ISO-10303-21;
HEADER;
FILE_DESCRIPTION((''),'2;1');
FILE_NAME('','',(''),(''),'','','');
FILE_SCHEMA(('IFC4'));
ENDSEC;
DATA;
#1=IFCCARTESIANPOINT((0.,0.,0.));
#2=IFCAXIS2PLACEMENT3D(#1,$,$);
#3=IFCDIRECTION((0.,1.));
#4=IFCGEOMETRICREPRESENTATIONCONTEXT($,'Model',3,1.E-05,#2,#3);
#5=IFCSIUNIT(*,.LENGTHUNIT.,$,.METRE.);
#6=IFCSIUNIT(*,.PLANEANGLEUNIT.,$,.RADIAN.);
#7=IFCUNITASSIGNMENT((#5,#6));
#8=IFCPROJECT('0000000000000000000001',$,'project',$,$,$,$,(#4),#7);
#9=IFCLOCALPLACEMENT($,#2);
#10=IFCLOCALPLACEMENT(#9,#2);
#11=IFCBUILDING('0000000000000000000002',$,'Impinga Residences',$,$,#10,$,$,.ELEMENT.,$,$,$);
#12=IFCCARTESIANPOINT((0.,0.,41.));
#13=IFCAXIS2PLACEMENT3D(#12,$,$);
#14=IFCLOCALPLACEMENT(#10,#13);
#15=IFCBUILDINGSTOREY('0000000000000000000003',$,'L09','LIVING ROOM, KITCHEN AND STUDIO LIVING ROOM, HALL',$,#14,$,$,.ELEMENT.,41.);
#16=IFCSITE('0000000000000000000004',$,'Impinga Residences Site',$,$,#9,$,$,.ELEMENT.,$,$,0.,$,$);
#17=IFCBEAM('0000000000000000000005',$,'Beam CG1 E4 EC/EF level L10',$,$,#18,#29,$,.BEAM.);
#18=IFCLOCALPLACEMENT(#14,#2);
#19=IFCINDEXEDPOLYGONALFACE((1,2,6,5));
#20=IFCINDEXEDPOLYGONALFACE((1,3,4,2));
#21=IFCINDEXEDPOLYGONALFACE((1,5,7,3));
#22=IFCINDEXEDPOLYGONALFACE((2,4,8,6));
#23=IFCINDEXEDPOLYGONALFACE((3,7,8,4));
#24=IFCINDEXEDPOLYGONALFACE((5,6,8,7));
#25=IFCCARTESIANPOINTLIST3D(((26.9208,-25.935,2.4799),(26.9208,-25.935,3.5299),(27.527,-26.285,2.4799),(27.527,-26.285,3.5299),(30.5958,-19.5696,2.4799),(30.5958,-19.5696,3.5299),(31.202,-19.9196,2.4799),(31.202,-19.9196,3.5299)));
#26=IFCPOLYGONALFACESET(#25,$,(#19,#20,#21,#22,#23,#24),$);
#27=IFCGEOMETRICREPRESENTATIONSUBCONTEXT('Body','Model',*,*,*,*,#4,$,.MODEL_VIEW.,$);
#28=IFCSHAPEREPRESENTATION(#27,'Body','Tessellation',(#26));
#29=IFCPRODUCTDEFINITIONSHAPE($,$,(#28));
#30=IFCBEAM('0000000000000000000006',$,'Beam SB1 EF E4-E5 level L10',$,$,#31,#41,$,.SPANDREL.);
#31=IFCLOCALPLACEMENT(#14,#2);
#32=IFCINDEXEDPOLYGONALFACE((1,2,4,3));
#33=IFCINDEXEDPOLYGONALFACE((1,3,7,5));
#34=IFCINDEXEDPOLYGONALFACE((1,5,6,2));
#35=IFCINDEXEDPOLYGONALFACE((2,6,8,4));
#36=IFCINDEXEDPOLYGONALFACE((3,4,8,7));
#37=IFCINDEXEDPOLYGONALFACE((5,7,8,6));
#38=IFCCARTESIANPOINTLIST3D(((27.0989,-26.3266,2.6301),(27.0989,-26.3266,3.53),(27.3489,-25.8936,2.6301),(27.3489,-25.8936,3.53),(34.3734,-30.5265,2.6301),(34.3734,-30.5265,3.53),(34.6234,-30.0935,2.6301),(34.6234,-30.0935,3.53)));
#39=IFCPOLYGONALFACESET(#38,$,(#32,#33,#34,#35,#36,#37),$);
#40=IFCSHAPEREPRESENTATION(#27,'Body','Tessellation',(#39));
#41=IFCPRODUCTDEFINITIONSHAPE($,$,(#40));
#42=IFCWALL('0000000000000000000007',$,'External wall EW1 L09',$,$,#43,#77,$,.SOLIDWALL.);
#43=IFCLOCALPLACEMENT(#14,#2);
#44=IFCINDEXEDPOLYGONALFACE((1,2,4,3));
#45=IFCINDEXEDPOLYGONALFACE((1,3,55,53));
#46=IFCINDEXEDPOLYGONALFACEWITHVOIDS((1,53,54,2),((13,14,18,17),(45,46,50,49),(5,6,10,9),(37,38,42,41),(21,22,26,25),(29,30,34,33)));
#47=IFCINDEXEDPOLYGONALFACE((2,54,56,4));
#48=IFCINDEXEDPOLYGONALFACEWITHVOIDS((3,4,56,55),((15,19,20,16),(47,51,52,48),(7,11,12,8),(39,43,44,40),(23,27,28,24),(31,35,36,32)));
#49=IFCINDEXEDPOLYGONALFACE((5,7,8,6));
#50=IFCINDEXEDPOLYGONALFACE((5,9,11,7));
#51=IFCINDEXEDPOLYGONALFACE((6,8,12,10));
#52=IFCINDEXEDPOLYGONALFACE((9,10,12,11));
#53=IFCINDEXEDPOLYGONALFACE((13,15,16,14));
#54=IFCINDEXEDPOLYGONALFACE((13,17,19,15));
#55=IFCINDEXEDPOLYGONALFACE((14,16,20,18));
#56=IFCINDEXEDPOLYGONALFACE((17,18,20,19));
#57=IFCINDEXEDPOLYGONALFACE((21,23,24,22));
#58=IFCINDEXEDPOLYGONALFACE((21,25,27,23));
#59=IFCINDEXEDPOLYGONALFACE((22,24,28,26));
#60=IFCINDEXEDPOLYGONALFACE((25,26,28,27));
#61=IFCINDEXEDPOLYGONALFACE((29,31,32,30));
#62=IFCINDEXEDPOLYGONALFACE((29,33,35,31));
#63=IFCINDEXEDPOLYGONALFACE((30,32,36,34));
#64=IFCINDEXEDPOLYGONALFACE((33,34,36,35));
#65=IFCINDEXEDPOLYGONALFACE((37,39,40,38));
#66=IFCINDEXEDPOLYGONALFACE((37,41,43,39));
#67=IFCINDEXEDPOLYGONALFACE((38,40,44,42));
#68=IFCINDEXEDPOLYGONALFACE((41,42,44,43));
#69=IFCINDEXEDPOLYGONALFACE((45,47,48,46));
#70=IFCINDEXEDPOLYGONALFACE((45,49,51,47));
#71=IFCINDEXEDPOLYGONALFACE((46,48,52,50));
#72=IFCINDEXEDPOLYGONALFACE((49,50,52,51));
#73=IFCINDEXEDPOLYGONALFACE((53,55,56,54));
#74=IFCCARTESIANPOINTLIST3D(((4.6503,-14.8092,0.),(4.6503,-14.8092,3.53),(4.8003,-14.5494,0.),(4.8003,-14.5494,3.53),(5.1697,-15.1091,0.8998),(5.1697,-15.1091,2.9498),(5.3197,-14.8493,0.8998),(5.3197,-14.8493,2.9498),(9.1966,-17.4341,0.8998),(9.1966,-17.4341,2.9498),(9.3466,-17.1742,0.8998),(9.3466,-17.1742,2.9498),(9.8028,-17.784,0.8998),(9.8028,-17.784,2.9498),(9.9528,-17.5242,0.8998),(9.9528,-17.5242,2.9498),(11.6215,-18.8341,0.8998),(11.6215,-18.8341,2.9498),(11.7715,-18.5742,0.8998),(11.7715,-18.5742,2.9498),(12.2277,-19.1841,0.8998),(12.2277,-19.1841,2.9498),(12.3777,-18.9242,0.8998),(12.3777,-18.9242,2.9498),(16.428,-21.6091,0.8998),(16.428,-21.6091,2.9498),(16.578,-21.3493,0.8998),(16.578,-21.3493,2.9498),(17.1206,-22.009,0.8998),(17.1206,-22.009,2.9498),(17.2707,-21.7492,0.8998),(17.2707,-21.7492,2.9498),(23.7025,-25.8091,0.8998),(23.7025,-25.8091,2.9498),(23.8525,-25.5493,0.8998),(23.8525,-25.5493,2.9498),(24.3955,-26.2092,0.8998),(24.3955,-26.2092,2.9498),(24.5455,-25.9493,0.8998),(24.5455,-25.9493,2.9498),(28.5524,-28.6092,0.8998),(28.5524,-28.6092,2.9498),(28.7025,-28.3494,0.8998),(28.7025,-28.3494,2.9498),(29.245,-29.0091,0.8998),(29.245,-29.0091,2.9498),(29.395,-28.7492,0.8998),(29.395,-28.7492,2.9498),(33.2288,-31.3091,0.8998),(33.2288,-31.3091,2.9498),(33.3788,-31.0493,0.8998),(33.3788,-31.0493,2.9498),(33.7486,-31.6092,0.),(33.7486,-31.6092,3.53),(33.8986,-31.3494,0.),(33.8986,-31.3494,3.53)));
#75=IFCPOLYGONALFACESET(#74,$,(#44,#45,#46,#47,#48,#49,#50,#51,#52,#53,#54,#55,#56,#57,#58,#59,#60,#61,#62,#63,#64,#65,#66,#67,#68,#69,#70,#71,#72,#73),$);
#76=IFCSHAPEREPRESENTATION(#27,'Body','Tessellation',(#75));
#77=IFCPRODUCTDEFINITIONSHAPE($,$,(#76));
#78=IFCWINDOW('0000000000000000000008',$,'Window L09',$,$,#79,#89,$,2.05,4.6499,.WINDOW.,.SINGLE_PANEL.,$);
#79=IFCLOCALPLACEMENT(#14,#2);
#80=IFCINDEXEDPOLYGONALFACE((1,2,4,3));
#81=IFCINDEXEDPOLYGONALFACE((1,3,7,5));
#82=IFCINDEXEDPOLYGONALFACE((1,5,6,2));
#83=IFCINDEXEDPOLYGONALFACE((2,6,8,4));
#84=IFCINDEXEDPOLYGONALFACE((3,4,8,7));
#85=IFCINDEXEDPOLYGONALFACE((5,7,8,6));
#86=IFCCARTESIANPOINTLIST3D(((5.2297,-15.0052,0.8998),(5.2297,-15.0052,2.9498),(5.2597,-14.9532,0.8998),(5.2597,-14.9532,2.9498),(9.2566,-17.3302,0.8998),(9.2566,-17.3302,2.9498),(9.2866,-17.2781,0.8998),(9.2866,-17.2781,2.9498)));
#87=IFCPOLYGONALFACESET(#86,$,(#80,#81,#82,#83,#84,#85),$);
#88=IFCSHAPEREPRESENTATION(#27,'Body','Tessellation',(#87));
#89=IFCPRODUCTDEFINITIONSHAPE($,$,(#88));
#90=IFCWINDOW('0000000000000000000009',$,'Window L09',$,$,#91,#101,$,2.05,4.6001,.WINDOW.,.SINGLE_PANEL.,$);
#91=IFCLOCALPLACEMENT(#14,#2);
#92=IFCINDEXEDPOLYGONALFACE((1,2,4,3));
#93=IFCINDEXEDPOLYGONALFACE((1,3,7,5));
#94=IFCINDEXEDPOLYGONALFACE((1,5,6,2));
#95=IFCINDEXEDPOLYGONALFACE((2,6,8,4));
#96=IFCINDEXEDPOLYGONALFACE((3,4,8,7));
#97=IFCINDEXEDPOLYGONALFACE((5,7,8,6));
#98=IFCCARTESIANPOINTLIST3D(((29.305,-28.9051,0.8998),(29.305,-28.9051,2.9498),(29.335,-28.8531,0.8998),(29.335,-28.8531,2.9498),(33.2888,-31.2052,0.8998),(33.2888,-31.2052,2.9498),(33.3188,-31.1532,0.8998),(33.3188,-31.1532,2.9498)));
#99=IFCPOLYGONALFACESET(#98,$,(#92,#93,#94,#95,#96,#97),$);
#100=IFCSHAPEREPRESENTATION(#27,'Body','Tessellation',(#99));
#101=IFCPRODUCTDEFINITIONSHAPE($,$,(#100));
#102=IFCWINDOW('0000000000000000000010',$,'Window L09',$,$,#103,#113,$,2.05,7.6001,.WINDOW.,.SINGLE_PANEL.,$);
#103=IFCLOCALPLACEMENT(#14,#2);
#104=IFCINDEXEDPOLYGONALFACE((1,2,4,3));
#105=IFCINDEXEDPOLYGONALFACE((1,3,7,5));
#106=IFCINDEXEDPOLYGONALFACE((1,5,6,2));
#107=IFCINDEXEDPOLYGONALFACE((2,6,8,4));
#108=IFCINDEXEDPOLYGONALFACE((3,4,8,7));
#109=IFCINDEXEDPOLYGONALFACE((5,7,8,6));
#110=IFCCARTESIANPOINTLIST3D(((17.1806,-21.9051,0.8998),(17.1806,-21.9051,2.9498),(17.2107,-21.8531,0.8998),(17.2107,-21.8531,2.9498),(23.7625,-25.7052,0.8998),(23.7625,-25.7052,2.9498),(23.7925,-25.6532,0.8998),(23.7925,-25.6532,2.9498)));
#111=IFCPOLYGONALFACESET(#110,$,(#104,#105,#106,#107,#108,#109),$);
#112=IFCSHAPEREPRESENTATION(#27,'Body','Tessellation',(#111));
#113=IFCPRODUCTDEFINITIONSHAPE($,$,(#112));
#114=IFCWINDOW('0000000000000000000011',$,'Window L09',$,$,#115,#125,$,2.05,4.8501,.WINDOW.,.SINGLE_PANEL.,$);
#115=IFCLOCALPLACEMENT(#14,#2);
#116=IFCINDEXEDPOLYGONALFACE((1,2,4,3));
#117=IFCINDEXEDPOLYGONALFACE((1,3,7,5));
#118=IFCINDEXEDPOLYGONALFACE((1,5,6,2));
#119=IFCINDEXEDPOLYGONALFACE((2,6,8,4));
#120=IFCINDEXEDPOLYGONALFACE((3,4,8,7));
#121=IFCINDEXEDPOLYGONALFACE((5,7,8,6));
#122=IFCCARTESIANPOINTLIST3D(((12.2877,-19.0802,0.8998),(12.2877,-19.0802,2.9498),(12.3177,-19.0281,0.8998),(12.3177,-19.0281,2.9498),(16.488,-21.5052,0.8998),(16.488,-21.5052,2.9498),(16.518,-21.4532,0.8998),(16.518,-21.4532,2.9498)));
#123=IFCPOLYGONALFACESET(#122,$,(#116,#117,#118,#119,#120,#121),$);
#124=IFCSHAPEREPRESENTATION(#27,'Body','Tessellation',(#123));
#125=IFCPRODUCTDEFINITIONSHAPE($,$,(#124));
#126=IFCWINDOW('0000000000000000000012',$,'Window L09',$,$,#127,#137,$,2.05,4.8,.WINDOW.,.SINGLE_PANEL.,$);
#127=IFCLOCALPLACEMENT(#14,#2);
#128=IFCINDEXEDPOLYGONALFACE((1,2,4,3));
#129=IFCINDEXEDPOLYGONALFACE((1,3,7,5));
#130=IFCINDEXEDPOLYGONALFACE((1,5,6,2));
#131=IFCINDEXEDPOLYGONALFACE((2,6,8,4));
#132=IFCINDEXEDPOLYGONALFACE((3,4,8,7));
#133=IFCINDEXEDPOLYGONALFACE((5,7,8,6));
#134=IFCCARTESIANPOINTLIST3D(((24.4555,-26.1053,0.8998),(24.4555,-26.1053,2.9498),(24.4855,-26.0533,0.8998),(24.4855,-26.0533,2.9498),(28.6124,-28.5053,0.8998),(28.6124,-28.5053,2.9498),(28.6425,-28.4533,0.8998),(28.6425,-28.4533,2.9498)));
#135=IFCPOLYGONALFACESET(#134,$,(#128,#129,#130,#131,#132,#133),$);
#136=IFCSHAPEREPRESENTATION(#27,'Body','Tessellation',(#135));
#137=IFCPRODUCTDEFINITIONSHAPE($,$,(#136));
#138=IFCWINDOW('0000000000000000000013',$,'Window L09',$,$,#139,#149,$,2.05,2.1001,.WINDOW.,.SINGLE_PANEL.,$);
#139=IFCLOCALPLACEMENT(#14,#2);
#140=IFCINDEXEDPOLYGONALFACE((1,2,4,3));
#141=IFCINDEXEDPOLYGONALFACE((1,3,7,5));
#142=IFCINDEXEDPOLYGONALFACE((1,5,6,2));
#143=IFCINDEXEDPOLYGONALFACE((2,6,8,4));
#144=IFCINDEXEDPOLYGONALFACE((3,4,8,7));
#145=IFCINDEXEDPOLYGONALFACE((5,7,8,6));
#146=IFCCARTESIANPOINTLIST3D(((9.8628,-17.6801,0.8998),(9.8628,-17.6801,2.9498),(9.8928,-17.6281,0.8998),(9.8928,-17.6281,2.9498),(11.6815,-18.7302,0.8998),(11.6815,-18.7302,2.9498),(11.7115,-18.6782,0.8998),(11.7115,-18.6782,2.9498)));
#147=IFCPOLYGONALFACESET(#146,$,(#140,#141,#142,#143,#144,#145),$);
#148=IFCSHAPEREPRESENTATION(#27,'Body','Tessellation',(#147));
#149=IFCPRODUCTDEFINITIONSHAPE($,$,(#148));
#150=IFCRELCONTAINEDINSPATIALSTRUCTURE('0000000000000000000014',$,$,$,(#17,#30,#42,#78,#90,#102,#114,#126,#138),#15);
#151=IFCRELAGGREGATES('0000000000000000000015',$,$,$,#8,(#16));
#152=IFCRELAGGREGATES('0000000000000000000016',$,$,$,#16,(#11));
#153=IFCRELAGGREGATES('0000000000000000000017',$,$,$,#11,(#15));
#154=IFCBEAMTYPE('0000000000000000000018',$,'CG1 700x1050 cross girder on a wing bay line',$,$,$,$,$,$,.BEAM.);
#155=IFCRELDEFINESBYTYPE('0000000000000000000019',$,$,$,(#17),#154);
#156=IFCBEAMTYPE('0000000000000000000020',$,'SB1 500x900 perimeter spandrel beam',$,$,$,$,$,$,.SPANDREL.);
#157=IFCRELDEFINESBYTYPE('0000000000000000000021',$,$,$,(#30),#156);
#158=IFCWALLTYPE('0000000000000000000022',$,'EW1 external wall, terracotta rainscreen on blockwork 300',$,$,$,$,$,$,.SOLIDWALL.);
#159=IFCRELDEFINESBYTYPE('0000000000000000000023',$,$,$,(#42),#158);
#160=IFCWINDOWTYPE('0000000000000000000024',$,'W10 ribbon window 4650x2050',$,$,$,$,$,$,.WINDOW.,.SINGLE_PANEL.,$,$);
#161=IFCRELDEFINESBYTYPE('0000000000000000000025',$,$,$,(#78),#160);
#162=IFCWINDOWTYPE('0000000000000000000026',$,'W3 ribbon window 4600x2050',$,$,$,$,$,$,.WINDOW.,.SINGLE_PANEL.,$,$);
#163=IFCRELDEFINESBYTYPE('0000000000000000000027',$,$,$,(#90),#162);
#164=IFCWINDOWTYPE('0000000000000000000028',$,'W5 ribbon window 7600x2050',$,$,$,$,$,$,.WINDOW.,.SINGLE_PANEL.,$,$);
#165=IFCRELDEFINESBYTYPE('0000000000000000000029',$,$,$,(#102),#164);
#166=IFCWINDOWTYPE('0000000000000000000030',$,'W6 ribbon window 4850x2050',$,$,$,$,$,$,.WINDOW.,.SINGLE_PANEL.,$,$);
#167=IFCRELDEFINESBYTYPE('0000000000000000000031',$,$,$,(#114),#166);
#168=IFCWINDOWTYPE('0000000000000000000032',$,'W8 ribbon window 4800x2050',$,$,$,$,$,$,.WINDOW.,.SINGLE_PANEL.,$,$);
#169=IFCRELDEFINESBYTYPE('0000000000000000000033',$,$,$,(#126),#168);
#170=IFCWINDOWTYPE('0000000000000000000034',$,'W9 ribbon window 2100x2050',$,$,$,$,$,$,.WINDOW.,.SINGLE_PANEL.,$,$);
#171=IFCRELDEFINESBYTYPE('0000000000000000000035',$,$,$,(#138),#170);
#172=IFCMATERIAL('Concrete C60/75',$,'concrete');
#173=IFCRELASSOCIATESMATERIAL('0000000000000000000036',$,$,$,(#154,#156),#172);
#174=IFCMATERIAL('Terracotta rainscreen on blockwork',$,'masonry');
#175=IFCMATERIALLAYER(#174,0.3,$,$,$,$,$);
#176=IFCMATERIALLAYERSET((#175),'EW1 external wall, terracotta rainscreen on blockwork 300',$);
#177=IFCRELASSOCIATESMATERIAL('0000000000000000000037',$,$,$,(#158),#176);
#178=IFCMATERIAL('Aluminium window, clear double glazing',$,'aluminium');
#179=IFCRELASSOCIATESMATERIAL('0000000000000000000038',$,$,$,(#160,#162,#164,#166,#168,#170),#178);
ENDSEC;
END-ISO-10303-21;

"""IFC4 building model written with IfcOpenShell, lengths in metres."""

from ifc_helpers import new_model, si_unit, direction, frame, frame_2d, origin, origin_2d, place, context, subcontext, project, spatial, rectangle, extrude, material, layer, layer_set, material_profile, profile_set, type_object, element, fill, save


model = new_model("IFC4")

# Units and contexts
model_context = context("Model", 3, precision=1e-05, world=origin(), true_north=direction((0.0, 1.0)))
body_context = subcontext(model_context, "Body", "Model", "MODEL_VIEW")
ifc_project = project(units=[si_unit("LENGTHUNIT", "METRE"), si_unit("PLANEANGLEUNIT", "RADIAN")], contexts=[model_context])

# Site, building, storey
site_placement = place(None, origin())
site = spatial("IfcSite", under=ifc_project, at=site_placement, Name="Impinga Residences Site", CompositionType="ELEMENT", RefElevation=0.0)
building_placement = place(site_placement, origin())
building = spatial("IfcBuilding", under=site, at=building_placement, Name="Impinga Residences", CompositionType="ELEMENT")
storey_placement = place(building_placement, frame((0.0, 0.0, 41.0)))
storey = spatial("IfcBuildingStorey", under=building, at=storey_placement, Name="L09", Description="LIVING ROOM, KITCHEN AND STUDIO LIVING ROOM, HALL", CompositionType="ELEMENT", Elevation=41.0)

# Beams
ifc_material_1 = material(Name="Concrete C60/75", Category="concrete")
ifc_material_profile_1 = material_profile(ifc_material_1, rectangle(XDim=0.7, YDim=1.05, at=origin_2d()), Name="RC 700x1050")
ifc_profile_set_1 = profile_set([ifc_material_profile_1], Name="Concrete C60/75")
beam_type_1 = type_object("IfcBeamType", Name="CG1 700x1050 cross girder on a wing bay line", PredefinedType="BEAM", material=ifc_profile_set_1)
beam_1_placement = place(storey_placement, frame((30.8989, -19.7446, 3.0049), z_axis=(-0.499994, -0.866029, 0.0), x_axis=(0.866029, -0.499994, 0.0)))
element("IfcBeam", 1, at=beam_1_placement, inside=storey, type_object=beam_type_1, Name="Beam CG1 E4 EC/EF level L10", PredefinedType="BEAM", context=body_context, shape_type="SweptSolid", body=[
    extrude(rectangle(XDim=0.7, YDim=1.05, at=origin_2d()), origin(), (0.0, 0.0, 1.0), 7.3501),
])
ifc_material_profile_2 = material_profile(ifc_material_1, rectangle(XDim=0.5, YDim=0.8999, at=origin_2d()), Name="RC 500x900")
ifc_profile_set_2 = profile_set([ifc_material_profile_2], Name="Concrete C60/75")
beam_type_2 = type_object("IfcBeamType", Name="SB1 500x900 perimeter spandrel beam", PredefinedType="SPANDREL", material=ifc_profile_set_2)
beam_2_placement = place(storey_placement, frame((27.2239, -26.1101, 3.0801), z_axis=(0.866029, -0.499993, 0.0), x_axis=(0.499993, 0.866029, 0.0)))
element("IfcBeam", 2, at=beam_2_placement, inside=storey, type_object=beam_type_2, Name="Beam SB1 EF E4-E5 level L10", PredefinedType="SPANDREL", context=body_context, shape_type="SweptSolid", body=[
    extrude(rectangle(XDim=0.5, YDim=0.8999, at=origin_2d()), origin(), (0.0, 0.0, 1.0), 8.3999),
])

# Wall, openings, windows
ifc_material_2 = material(Name="Terracotta rainscreen on blockwork", Category="masonry")
ifc_layer_1 = layer(ifc_material_2, 0.3)
ifc_layer_set_1 = layer_set([ifc_layer_1], Name="EW1 external wall, terracotta rainscreen on blockwork 300")
wall_type_1 = type_object("IfcWallType", Name="EW1 external wall, terracotta rainscreen on blockwork 300", PredefinedType="SOLIDWALL", material=ifc_layer_set_1)
wall_1_placement = place(storey_placement, frame((33.8235, -31.4792, 0.0), z_axis=(0.0, 0.0, 1.0), x_axis=(-0.866024, 0.500002, 0.0)))
wall_1 = element("IfcWall", 3, at=wall_1_placement, inside=storey, type_object=wall_type_1, Name="External wall EW1 L09", PredefinedType="SOLIDWALL", context=body_context, shape_type="SweptSolid", body=[
    extrude(rectangle(XDim=33.5999, YDim=0.3, at=frame_2d((16.7998, 0.0))), origin(), (0.0, 0.0, 1.0), 3.53),
])
opening_1_placement = place(wall_1_placement, frame((0.6001, 0.0, 0.8999)))
opening_1 = element("IfcOpeningElement", 4, at=opening_1_placement, cuts=wall_1, PredefinedType="OPENING", context=body_context, shape_type="SweptSolid", body=[
    extrude(rectangle(XDim=4.6001, YDim=2.05, at=frame_2d((2.3, 1.0249))), frame((0.0, 0.1599, 0.0), z_axis=(0.0, -1.0, 0.0), x_axis=(1.0, 0.0, 0.0)), (0.0, 0.0, 1.0), 0.3201),
])
opening_2_placement = place(wall_1_placement, frame((6.0, 0.0, 0.8999)))
opening_2 = element("IfcOpeningElement", 5, at=opening_2_placement, cuts=wall_1, PredefinedType="OPENING", context=body_context, shape_type="SweptSolid", body=[
    extrude(rectangle(XDim=4.8, YDim=2.05, at=frame_2d((2.3999, 1.0249))), frame((0.0, 0.1599, 0.0), z_axis=(0.0, -1.0, 0.0), x_axis=(1.0, 0.0, 0.0)), (0.0, 0.0, 1.0), 0.3201),
])
opening_3_placement = place(wall_1_placement, frame((11.6001, 0.0, 0.8999)))
opening_3 = element("IfcOpeningElement", 6, at=opening_3_placement, cuts=wall_1, PredefinedType="OPENING", context=body_context, shape_type="SweptSolid", body=[
    extrude(rectangle(XDim=7.6001, YDim=2.05, at=frame_2d((3.8, 1.0249))), frame((0.0, 0.1599, 0.0), z_axis=(0.0, -1.0, 0.0), x_axis=(1.0, 0.0, 0.0)), (0.0, 0.0, 1.0), 0.3201),
])
opening_4_placement = place(wall_1_placement, frame((20.0, 0.0, 0.8999)))
opening_4 = element("IfcOpeningElement", 7, at=opening_4_placement, cuts=wall_1, PredefinedType="OPENING", context=body_context, shape_type="SweptSolid", body=[
    extrude(rectangle(XDim=4.8501, YDim=2.05, at=frame_2d((2.425, 1.0249))), frame((0.0, 0.1599, 0.0), z_axis=(0.0, -1.0, 0.0), x_axis=(1.0, 0.0, 0.0)), (0.0, 0.0, 1.0), 0.3201),
])
opening_5_placement = place(wall_1_placement, frame((25.55, 0.0, 0.8999)))
opening_5 = element("IfcOpeningElement", 8, at=opening_5_placement, cuts=wall_1, PredefinedType="OPENING", context=body_context, shape_type="SweptSolid", body=[
    extrude(rectangle(XDim=2.1001, YDim=2.05, at=frame_2d((1.05, 1.0249))), frame((0.0, 0.1599, 0.0), z_axis=(0.0, -1.0, 0.0), x_axis=(1.0, 0.0, 0.0)), (0.0, 0.0, 1.0), 0.3201),
])
opening_6_placement = place(wall_1_placement, frame((28.3501, 0.0, 0.8999)))
opening_6 = element("IfcOpeningElement", 9, at=opening_6_placement, cuts=wall_1, PredefinedType="OPENING", context=body_context, shape_type="SweptSolid", body=[
    extrude(rectangle(XDim=4.6499, YDim=2.05, at=frame_2d((2.325, 1.0249))), frame((0.0, 0.1599, 0.0), z_axis=(0.0, -1.0, 0.0), x_axis=(1.0, 0.0, 0.0)), (0.0, 0.0, 1.0), 0.3201),
])
ifc_material_3 = material(Name="Aluminium window, clear double glazing", Category="aluminium")
window_type_1 = type_object("IfcWindowType", Name="W10 ribbon window 4650x2050", PartitioningType="SINGLE_PANEL", PredefinedType="WINDOW", material=ifc_material_3)
window_1_placement = place(opening_6_placement, origin())
window_1 = element("IfcWindow", 10, at=window_1_placement, inside=storey, type_object=window_type_1, Name="Window L09", OverallHeight=2.05, OverallWidth=4.6499, PartitioningType="SINGLE_PANEL", PredefinedType="WINDOW", context=body_context, shape_type="SweptSolid", body=[
    extrude(rectangle(XDim=4.6499, YDim=2.05, at=frame_2d((2.325, 1.0249))), frame((0.0, 0.03, 0.0), z_axis=(0.0, -1.0, 0.0), x_axis=(1.0, 0.0, 0.0)), (0.0, 0.0, 1.0), 0.0601),
])
fill(opening_6, window_1)
window_type_2 = type_object("IfcWindowType", Name="W3 ribbon window 4600x2050", PartitioningType="SINGLE_PANEL", PredefinedType="WINDOW", material=ifc_material_3)
window_2_placement = place(opening_1_placement, origin())
window_2 = element("IfcWindow", 11, at=window_2_placement, inside=storey, type_object=window_type_2, Name="Window L09", OverallHeight=2.05, OverallWidth=4.6001, PartitioningType="SINGLE_PANEL", PredefinedType="WINDOW", context=body_context, shape_type="SweptSolid", body=[
    extrude(rectangle(XDim=4.6001, YDim=2.05, at=frame_2d((2.3, 1.0249))), frame((0.0, 0.03, 0.0), z_axis=(0.0, -1.0, 0.0), x_axis=(1.0, 0.0, 0.0)), (0.0, 0.0, 1.0), 0.0601),
])
fill(opening_1, window_2)
window_type_3 = type_object("IfcWindowType", Name="W5 ribbon window 7600x2050", PartitioningType="SINGLE_PANEL", PredefinedType="WINDOW", material=ifc_material_3)
window_3_placement = place(opening_3_placement, origin())
window_3 = element("IfcWindow", 12, at=window_3_placement, inside=storey, type_object=window_type_3, Name="Window L09", OverallHeight=2.05, OverallWidth=7.6001, PartitioningType="SINGLE_PANEL", PredefinedType="WINDOW", context=body_context, shape_type="SweptSolid", body=[
    extrude(rectangle(XDim=7.6001, YDim=2.05, at=frame_2d((3.8, 1.0249))), frame((0.0, 0.03, 0.0), z_axis=(0.0, -1.0, 0.0), x_axis=(1.0, 0.0, 0.0)), (0.0, 0.0, 1.0), 0.0601),
])
fill(opening_3, window_3)
window_type_4 = type_object("IfcWindowType", Name="W6 ribbon window 4850x2050", PartitioningType="SINGLE_PANEL", PredefinedType="WINDOW", material=ifc_material_3)
window_4_placement = place(opening_4_placement, origin())
window_4 = element("IfcWindow", 13, at=window_4_placement, inside=storey, type_object=window_type_4, Name="Window L09", OverallHeight=2.05, OverallWidth=4.8501, PartitioningType="SINGLE_PANEL", PredefinedType="WINDOW", context=body_context, shape_type="SweptSolid", body=[
    extrude(rectangle(XDim=4.8501, YDim=2.05, at=frame_2d((2.425, 1.0249))), frame((0.0, 0.03, 0.0), z_axis=(0.0, -1.0, 0.0), x_axis=(1.0, 0.0, 0.0)), (0.0, 0.0, 1.0), 0.0601),
])
fill(opening_4, window_4)
window_type_5 = type_object("IfcWindowType", Name="W8 ribbon window 4800x2050", PartitioningType="SINGLE_PANEL", PredefinedType="WINDOW", material=ifc_material_3)
window_5_placement = place(opening_2_placement, origin())
window_5 = element("IfcWindow", 14, at=window_5_placement, inside=storey, type_object=window_type_5, Name="Window L09", OverallHeight=2.05, OverallWidth=4.8, PartitioningType="SINGLE_PANEL", PredefinedType="WINDOW", context=body_context, shape_type="SweptSolid", body=[
    extrude(rectangle(XDim=4.8, YDim=2.05, at=frame_2d((2.3999, 1.0249))), frame((0.0, 0.03, 0.0), z_axis=(0.0, -1.0, 0.0), x_axis=(1.0, 0.0, 0.0)), (0.0, 0.0, 1.0), 0.0601),
])
fill(opening_2, window_5)
window_type_6 = type_object("IfcWindowType", Name="W9 ribbon window 2100x2050", PartitioningType="SINGLE_PANEL", PredefinedType="WINDOW", material=ifc_material_3)
window_6_placement = place(opening_5_placement, origin())
window_6 = element("IfcWindow", 15, at=window_6_placement, inside=storey, type_object=window_type_6, Name="Window L09", OverallHeight=2.05, OverallWidth=2.1001, PartitioningType="SINGLE_PANEL", PredefinedType="WINDOW", context=body_context, shape_type="SweptSolid", body=[
    extrude(rectangle(XDim=2.1001, YDim=2.05, at=frame_2d((1.05, 1.0249))), frame((0.0, 0.03, 0.0), z_axis=(0.0, -1.0, 0.0), x_axis=(1.0, 0.0, 0.0)), (0.0, 0.0, 1.0), 0.0601),
])
fill(opening_5, window_6)

save(model, "model.ifc")
